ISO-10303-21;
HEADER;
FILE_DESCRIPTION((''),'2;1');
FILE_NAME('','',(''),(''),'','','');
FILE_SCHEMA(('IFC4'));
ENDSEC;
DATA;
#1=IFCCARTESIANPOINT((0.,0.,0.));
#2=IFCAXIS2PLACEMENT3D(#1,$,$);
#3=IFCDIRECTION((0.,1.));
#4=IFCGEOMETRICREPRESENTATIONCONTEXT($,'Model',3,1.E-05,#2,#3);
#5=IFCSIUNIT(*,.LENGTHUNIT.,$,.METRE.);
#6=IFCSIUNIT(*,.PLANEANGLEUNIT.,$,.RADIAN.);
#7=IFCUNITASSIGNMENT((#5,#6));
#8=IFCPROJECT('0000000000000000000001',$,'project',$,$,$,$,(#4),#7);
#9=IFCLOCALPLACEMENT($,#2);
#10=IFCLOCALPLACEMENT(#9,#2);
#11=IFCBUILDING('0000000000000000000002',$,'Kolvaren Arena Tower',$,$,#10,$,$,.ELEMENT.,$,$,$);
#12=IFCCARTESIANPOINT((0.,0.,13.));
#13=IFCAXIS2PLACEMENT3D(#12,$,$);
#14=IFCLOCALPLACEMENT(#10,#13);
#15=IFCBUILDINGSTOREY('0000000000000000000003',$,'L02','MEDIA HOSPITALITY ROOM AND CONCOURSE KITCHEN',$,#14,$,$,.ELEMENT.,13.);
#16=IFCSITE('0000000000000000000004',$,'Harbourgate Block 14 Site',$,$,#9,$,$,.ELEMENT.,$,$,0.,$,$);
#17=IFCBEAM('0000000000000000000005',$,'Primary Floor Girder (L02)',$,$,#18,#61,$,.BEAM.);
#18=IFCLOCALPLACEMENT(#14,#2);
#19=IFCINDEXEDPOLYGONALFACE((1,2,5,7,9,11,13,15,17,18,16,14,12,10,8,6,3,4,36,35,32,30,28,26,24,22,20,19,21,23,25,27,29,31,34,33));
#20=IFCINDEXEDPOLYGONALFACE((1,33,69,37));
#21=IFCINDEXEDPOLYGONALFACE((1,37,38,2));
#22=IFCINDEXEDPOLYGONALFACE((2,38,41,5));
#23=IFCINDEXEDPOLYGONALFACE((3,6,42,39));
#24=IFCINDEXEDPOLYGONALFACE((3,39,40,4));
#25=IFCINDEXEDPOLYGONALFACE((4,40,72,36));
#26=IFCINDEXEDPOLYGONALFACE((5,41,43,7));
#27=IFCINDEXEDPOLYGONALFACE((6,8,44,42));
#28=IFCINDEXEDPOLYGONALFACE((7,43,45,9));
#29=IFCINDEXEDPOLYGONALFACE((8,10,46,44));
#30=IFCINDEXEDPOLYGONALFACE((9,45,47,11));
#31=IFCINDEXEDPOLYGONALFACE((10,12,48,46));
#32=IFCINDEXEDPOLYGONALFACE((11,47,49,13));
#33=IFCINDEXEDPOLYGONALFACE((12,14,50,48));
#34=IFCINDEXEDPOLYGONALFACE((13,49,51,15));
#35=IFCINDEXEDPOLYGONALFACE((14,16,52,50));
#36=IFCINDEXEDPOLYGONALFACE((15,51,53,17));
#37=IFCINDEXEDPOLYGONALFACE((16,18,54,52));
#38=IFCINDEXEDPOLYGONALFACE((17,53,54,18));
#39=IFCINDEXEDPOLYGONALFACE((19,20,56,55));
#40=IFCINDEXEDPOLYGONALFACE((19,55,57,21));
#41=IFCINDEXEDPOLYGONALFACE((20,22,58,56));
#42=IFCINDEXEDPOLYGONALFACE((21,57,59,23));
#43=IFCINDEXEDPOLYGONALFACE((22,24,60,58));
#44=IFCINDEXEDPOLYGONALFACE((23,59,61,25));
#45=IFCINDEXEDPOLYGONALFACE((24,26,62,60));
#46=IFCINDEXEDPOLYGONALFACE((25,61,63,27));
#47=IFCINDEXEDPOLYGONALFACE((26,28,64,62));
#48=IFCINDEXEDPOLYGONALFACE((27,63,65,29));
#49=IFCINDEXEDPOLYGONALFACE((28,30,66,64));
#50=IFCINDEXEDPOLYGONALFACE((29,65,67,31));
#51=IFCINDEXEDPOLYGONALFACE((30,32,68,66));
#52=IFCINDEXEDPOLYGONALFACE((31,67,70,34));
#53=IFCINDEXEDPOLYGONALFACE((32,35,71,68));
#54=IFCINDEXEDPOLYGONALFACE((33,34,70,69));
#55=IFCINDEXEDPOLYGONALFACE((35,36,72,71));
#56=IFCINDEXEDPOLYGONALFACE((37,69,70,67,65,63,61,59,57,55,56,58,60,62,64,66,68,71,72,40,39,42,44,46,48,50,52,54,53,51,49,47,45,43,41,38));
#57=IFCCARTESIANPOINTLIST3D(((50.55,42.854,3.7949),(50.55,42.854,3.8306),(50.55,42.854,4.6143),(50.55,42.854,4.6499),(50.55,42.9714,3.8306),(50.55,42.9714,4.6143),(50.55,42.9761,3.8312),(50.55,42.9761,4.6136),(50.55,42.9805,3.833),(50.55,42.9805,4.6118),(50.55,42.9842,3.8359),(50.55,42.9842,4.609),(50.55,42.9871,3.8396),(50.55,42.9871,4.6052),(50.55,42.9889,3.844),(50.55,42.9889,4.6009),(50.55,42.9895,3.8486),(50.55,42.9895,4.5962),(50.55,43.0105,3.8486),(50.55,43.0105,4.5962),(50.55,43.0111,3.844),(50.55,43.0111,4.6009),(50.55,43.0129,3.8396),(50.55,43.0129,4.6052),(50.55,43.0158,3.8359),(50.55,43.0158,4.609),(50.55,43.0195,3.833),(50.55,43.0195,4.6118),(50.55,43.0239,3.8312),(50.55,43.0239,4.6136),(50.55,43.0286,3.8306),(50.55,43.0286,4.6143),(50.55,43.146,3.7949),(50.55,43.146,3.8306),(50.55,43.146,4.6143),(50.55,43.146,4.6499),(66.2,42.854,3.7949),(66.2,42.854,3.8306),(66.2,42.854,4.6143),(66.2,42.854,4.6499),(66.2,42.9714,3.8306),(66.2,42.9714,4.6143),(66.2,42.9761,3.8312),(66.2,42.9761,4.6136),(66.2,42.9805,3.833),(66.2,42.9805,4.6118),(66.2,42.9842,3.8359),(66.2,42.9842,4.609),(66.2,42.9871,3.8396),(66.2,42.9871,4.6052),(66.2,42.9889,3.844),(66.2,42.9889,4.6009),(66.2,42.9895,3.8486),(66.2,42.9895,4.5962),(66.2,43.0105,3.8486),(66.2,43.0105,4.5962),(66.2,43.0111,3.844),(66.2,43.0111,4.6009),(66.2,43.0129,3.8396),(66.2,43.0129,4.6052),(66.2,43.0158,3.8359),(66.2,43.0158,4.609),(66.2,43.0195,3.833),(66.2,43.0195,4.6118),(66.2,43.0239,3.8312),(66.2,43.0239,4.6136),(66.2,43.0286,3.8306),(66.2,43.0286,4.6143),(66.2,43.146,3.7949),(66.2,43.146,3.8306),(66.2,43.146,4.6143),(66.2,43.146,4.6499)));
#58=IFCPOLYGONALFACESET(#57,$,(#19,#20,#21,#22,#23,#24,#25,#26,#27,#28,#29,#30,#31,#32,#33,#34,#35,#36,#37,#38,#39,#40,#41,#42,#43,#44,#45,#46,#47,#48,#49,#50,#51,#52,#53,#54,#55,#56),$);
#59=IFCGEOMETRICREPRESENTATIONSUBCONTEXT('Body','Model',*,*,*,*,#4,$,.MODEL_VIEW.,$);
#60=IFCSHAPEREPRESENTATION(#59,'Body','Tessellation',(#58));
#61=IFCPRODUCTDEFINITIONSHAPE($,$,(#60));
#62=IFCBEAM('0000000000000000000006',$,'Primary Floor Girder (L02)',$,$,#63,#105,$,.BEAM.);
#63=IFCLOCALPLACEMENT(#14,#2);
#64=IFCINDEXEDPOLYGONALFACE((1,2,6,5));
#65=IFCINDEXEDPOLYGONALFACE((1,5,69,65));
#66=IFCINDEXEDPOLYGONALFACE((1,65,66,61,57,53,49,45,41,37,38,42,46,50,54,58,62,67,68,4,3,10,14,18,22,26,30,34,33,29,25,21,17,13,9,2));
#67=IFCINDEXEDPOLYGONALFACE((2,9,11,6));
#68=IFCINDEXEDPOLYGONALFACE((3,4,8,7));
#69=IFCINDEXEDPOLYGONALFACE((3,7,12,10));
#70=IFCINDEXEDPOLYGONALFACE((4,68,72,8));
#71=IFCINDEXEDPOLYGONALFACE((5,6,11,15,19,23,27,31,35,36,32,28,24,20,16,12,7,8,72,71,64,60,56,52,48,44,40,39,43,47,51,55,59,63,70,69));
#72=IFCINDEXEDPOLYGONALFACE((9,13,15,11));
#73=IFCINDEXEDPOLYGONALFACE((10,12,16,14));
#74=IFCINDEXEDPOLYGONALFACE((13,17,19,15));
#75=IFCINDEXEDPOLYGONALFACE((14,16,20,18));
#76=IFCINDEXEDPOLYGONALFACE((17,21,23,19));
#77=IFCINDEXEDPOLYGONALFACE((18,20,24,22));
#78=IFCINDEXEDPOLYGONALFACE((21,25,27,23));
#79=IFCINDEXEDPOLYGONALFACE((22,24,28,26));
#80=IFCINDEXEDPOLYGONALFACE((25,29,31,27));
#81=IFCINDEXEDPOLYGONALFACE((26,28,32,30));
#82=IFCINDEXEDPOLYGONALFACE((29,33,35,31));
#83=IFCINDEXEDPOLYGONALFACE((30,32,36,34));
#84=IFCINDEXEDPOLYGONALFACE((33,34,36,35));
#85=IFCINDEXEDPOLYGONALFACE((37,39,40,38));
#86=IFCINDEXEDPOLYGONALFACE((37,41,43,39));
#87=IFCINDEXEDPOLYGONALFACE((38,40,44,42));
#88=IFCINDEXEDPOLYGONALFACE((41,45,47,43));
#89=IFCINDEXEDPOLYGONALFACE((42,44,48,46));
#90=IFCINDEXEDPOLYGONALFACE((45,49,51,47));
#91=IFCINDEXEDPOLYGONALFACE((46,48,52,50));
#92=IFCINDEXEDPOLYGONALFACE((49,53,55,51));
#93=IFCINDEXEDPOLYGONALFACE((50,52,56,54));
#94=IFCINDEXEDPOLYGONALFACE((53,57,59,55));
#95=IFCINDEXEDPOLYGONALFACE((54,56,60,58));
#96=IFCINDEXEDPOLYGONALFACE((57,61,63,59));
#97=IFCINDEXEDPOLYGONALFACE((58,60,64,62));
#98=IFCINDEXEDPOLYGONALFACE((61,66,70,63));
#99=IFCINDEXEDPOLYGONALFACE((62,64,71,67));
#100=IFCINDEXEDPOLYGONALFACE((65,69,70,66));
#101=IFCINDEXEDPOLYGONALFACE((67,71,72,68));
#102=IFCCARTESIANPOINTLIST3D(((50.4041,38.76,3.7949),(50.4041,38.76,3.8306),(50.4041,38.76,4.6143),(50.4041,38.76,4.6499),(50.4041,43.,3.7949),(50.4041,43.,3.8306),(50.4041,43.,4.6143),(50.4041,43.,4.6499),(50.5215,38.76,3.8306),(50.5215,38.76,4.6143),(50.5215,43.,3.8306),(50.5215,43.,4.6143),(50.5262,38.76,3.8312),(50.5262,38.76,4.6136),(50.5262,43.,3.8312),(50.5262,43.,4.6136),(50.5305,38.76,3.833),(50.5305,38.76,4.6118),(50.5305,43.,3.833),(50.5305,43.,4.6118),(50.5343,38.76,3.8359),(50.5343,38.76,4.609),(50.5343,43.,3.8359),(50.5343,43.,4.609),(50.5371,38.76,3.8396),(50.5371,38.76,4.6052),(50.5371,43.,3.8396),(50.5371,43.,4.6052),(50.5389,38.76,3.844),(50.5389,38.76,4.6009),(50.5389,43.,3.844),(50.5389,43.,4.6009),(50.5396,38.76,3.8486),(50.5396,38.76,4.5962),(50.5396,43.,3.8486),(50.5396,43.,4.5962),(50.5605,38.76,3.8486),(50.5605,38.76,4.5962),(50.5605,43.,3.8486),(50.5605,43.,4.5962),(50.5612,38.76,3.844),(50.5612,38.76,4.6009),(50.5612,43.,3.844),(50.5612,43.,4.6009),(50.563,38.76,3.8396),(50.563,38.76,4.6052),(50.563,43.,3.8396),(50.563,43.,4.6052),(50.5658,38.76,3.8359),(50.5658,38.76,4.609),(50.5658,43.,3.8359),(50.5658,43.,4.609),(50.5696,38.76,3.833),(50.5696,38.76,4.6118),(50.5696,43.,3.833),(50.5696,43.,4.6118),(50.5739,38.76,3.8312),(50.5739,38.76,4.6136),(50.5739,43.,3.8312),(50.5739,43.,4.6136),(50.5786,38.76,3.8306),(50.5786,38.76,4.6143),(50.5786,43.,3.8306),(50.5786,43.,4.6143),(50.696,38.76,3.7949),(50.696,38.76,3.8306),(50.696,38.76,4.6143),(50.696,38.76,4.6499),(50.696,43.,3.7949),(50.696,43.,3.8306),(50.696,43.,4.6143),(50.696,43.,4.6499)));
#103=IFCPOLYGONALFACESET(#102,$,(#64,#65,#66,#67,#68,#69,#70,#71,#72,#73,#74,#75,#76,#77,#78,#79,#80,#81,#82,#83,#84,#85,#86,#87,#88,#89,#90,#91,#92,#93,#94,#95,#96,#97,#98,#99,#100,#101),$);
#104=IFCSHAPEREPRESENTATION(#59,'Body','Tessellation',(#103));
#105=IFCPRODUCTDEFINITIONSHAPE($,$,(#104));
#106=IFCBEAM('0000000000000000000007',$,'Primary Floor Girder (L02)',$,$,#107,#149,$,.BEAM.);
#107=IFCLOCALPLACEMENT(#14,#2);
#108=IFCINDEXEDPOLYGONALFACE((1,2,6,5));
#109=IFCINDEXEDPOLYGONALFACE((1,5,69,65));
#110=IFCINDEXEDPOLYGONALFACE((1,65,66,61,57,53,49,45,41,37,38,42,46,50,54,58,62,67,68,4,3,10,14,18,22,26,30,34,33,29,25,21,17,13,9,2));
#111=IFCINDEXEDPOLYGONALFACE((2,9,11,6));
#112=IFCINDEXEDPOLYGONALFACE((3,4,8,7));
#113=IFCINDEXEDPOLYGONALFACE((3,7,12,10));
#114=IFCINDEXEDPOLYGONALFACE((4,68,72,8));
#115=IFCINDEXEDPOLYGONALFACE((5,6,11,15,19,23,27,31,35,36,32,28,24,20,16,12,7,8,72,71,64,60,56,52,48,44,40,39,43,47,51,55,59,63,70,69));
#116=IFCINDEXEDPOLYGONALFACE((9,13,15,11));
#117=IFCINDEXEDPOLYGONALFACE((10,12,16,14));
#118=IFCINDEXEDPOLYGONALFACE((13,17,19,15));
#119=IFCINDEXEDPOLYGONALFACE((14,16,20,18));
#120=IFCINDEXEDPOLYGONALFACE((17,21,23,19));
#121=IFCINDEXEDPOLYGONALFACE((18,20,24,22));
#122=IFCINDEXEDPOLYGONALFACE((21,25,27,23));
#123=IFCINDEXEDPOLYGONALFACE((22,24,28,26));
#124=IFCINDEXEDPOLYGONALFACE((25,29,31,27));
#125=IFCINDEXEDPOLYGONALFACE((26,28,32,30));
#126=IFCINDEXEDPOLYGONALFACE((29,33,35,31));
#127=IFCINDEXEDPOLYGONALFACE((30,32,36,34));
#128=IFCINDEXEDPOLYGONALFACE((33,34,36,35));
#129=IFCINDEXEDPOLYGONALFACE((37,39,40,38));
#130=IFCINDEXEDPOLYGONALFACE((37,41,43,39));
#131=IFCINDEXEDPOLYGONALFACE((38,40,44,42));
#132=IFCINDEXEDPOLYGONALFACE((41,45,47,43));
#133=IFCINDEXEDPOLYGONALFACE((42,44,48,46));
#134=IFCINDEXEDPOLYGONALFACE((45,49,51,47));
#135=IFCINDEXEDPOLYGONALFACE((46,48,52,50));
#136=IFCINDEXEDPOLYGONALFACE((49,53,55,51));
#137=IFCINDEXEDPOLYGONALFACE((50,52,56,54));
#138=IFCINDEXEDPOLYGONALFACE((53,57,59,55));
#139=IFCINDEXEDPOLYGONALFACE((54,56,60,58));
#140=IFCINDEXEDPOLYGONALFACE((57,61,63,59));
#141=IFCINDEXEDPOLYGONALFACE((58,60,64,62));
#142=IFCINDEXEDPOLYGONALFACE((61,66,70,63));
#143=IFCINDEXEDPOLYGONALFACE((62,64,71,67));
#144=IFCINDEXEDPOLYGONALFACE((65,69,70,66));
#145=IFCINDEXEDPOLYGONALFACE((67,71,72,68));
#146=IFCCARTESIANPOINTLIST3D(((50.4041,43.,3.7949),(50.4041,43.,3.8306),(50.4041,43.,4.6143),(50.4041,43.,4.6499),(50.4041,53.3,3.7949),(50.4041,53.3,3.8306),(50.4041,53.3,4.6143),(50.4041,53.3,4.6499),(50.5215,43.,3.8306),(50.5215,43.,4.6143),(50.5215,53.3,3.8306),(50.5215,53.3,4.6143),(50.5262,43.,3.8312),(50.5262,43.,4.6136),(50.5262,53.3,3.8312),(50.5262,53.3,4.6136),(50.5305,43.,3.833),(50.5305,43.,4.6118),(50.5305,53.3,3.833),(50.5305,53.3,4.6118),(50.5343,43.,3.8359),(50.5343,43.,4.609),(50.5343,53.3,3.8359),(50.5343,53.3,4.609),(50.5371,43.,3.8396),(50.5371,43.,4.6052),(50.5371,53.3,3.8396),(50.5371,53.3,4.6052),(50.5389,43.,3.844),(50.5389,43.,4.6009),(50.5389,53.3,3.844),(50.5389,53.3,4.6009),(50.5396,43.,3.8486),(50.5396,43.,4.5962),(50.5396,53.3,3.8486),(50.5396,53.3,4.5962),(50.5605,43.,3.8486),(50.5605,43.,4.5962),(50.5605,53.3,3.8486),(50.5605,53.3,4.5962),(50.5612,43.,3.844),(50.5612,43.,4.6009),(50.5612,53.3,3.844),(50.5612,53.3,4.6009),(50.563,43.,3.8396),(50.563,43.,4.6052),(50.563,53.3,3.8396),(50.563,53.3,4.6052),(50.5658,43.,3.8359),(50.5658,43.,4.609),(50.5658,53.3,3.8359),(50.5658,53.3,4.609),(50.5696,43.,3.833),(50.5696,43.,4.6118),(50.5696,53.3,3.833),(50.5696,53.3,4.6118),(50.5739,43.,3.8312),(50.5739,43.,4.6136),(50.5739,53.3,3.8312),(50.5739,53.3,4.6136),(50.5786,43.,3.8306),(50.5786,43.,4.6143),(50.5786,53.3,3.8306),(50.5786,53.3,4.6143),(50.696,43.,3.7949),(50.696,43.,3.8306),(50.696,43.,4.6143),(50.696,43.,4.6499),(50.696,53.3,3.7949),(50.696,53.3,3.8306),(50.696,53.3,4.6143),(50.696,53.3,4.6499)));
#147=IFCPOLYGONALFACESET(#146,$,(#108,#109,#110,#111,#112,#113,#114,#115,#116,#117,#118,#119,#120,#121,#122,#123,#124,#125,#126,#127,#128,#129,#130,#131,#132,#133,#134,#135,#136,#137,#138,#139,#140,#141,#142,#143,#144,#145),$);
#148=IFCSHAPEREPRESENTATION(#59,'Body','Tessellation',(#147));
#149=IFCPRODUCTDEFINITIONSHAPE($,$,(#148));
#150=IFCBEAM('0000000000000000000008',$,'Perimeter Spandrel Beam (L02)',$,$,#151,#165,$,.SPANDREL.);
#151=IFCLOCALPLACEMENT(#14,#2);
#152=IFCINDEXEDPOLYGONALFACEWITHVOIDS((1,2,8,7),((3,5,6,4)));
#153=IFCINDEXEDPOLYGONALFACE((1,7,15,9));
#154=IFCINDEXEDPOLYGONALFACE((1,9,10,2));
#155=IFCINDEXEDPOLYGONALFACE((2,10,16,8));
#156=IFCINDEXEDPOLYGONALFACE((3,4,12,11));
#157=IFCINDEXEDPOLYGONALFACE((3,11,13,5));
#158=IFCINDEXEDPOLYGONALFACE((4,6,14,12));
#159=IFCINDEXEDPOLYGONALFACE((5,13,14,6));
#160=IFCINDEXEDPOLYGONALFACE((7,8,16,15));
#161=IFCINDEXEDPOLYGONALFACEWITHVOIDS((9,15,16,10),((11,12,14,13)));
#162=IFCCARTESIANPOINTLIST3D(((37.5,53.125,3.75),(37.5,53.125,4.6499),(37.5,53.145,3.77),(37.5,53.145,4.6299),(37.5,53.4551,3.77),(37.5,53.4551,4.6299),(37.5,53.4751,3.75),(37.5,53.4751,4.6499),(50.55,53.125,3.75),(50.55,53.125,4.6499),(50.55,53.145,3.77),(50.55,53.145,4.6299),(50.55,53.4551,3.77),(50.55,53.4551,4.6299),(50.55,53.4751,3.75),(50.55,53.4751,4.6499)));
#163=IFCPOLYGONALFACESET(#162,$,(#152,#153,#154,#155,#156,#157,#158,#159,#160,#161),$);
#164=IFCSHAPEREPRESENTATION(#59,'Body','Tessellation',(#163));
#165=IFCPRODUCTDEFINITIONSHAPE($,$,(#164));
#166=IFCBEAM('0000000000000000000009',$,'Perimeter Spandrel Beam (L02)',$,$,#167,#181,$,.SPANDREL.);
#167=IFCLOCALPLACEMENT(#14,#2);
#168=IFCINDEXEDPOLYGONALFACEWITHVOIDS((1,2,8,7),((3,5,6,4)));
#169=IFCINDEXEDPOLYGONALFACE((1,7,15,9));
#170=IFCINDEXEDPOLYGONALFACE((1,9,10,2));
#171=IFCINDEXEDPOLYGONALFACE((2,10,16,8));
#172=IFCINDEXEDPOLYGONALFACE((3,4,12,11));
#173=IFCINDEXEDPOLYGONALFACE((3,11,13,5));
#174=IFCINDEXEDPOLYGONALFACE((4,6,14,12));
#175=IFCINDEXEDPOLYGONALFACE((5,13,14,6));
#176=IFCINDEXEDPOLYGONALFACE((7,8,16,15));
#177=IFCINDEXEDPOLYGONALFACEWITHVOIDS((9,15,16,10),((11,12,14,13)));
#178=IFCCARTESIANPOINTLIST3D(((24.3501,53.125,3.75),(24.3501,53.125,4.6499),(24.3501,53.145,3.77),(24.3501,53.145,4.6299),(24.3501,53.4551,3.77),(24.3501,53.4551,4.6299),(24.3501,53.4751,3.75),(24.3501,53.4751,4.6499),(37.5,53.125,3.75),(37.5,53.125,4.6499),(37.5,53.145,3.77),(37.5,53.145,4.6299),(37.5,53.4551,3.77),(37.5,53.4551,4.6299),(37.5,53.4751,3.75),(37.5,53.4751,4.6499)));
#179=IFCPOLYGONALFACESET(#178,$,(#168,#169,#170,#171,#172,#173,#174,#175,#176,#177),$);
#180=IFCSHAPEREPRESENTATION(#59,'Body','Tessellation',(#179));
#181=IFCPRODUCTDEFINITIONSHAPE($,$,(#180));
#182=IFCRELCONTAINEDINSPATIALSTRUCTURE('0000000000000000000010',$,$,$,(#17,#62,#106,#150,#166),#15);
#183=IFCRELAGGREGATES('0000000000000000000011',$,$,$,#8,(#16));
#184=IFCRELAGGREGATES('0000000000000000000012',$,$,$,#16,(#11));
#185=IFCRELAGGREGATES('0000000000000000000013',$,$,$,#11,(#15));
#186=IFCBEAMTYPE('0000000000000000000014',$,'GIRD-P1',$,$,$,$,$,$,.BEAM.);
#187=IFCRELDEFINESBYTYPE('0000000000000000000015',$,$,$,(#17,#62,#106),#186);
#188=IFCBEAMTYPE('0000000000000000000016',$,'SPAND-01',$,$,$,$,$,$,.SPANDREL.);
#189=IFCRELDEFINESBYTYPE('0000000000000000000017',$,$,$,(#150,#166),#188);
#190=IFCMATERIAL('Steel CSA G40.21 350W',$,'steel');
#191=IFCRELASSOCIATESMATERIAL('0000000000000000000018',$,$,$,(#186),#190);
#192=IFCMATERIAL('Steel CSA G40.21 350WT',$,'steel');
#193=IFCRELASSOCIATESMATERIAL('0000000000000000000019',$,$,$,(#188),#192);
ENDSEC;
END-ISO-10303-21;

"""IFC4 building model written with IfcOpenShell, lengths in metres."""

from ifc_helpers import new_model, si_unit, direction, frame, origin, origin_2d, place, context, subcontext, project, spatial, hollow_rectangle, i_section, extrude, material, material_profile, profile_set, type_object, element, save


model = new_model("IFC4")

# Units and contexts
model_context = context("Model", 3, precision=1e-05, world=origin(), true_north=direction((0.0, 1.0)))
body_context = subcontext(model_context, "Body", "Model", "MODEL_VIEW")
ifc_project = project(units=[si_unit("LENGTHUNIT", "METRE"), si_unit("PLANEANGLEUNIT", "RADIAN")], contexts=[model_context])

# Site, building, storey
site_placement = place(None, origin())
site = spatial("IfcSite", under=ifc_project, at=site_placement, Name="Harbourgate Block 14 Site", CompositionType="ELEMENT", RefElevation=0.0)
building_placement = place(site_placement, origin())
building = spatial("IfcBuilding", under=site, at=building_placement, Name="Kolvaren Arena Tower", CompositionType="ELEMENT")
storey_placement = place(building_placement, frame((0.0, 0.0, 13.0)))
storey = spatial("IfcBuildingStorey", under=building, at=storey_placement, Name="L02", Description="MEDIA HOSPITALITY ROOM AND CONCOURSE KITCHEN", CompositionType="ELEMENT", Elevation=13.0)

# Beams
ifc_material_1 = material(Name="Steel CSA G40.21 350W", Category="steel")
ifc_material_profile_1 = material_profile(ifc_material_1, i_section(OverallWidth=0.292, OverallDepth=0.855, WebThickness=0.021, FlangeThickness=0.0356, FilletRadius=0.0181, at=origin_2d()), Name="W840x299")
ifc_profile_set_1 = profile_set([ifc_material_profile_1], Name="Steel CSA G40.21 350W")
beam_type_1 = type_object("IfcBeamType", Name="GIRD-P1", PredefinedType="BEAM", material=ifc_profile_set_1)
beam_1_placement = place(storey_placement, frame((50.55, 43.0, 4.2224), z_axis=(1.0, 0.0, 0.0), x_axis=(0.0, 1.0, 0.0)))
element("IfcBeam", 1, at=beam_1_placement, inside=storey, type_object=beam_type_1, Name="Primary Floor Girder (L02)", PredefinedType="BEAM", context=body_context, shape_type="SweptSolid", body=[
    extrude(i_section(OverallWidth=0.292, OverallDepth=0.855, WebThickness=0.021, FlangeThickness=0.0356, FilletRadius=0.0181, at=origin_2d()), origin(), (0.0, 0.0, 1.0), 15.6499),
])
beam_2_placement = place(storey_placement, frame((50.55, 38.76, 4.2224), z_axis=(0.0, 1.0, 0.0), x_axis=(-1.0, 0.0, 0.0)))
element("IfcBeam", 2, at=beam_2_placement, inside=storey, type_object=beam_type_1, Name="Primary Floor Girder (L02)", PredefinedType="BEAM", context=body_context, shape_type="SweptSolid", body=[
    extrude(i_section(OverallWidth=0.292, OverallDepth=0.855, WebThickness=0.021, FlangeThickness=0.0356, FilletRadius=0.0181, at=origin_2d()), origin(), (0.0, 0.0, 1.0), 4.24),
])
beam_3_placement = place(storey_placement, frame((50.55, 43.0, 4.2224), z_axis=(0.0, 1.0, 0.0), x_axis=(-1.0, 0.0, 0.0)))
element("IfcBeam", 3, at=beam_3_placement, inside=storey, type_object=beam_type_1, Name="Primary Floor Girder (L02)", PredefinedType="BEAM", context=body_context, shape_type="SweptSolid", body=[
    extrude(i_section(OverallWidth=0.292, OverallDepth=0.855, WebThickness=0.021, FlangeThickness=0.0356, FilletRadius=0.0181, at=origin_2d()), origin(), (0.0, 0.0, 1.0), 10.3),
])
ifc_material_2 = material(Name="Steel CSA G40.21 350WT", Category="steel")
ifc_material_profile_2 = material_profile(ifc_material_2, hollow_rectangle(XDim=0.3501, YDim=0.8999, WallThickness=0.02, at=origin_2d()), Name="HSS 900x350x20")
ifc_profile_set_2 = profile_set([ifc_material_profile_2], Name="Steel CSA G40.21 350WT")
beam_type_2 = type_object("IfcBeamType", Name="SPAND-01", PredefinedType="SPANDREL", material=ifc_profile_set_2)
beam_4_placement = place(storey_placement, frame((50.55, 53.3, 4.2), z_axis=(-1.0, 0.0, 0.0), x_axis=(0.0, -1.0, 0.0)))
element("IfcBeam", 4, at=beam_4_placement, inside=storey, type_object=beam_type_2, Name="Perimeter Spandrel Beam (L02)", PredefinedType="SPANDREL", context=body_context, shape_type="SweptSolid", body=[
    extrude(hollow_rectangle(XDim=0.3501, YDim=0.8999, WallThickness=0.02, at=origin_2d()), origin(), (0.0, 0.0, 1.0), 13.05),
])
beam_5_placement = place(storey_placement, frame((37.5, 53.3, 4.2), z_axis=(-1.0, 0.0, 0.0), x_axis=(0.0, -1.0, 0.0)))
element("IfcBeam", 5, at=beam_5_placement, inside=storey, type_object=beam_type_2, Name="Perimeter Spandrel Beam (L02)", PredefinedType="SPANDREL", context=body_context, shape_type="SweptSolid", body=[
    extrude(hollow_rectangle(XDim=0.3501, YDim=0.8999, WallThickness=0.02, at=origin_2d()), origin(), (0.0, 0.0, 1.0), 13.1499),
])

save(model, "model.ifc")
